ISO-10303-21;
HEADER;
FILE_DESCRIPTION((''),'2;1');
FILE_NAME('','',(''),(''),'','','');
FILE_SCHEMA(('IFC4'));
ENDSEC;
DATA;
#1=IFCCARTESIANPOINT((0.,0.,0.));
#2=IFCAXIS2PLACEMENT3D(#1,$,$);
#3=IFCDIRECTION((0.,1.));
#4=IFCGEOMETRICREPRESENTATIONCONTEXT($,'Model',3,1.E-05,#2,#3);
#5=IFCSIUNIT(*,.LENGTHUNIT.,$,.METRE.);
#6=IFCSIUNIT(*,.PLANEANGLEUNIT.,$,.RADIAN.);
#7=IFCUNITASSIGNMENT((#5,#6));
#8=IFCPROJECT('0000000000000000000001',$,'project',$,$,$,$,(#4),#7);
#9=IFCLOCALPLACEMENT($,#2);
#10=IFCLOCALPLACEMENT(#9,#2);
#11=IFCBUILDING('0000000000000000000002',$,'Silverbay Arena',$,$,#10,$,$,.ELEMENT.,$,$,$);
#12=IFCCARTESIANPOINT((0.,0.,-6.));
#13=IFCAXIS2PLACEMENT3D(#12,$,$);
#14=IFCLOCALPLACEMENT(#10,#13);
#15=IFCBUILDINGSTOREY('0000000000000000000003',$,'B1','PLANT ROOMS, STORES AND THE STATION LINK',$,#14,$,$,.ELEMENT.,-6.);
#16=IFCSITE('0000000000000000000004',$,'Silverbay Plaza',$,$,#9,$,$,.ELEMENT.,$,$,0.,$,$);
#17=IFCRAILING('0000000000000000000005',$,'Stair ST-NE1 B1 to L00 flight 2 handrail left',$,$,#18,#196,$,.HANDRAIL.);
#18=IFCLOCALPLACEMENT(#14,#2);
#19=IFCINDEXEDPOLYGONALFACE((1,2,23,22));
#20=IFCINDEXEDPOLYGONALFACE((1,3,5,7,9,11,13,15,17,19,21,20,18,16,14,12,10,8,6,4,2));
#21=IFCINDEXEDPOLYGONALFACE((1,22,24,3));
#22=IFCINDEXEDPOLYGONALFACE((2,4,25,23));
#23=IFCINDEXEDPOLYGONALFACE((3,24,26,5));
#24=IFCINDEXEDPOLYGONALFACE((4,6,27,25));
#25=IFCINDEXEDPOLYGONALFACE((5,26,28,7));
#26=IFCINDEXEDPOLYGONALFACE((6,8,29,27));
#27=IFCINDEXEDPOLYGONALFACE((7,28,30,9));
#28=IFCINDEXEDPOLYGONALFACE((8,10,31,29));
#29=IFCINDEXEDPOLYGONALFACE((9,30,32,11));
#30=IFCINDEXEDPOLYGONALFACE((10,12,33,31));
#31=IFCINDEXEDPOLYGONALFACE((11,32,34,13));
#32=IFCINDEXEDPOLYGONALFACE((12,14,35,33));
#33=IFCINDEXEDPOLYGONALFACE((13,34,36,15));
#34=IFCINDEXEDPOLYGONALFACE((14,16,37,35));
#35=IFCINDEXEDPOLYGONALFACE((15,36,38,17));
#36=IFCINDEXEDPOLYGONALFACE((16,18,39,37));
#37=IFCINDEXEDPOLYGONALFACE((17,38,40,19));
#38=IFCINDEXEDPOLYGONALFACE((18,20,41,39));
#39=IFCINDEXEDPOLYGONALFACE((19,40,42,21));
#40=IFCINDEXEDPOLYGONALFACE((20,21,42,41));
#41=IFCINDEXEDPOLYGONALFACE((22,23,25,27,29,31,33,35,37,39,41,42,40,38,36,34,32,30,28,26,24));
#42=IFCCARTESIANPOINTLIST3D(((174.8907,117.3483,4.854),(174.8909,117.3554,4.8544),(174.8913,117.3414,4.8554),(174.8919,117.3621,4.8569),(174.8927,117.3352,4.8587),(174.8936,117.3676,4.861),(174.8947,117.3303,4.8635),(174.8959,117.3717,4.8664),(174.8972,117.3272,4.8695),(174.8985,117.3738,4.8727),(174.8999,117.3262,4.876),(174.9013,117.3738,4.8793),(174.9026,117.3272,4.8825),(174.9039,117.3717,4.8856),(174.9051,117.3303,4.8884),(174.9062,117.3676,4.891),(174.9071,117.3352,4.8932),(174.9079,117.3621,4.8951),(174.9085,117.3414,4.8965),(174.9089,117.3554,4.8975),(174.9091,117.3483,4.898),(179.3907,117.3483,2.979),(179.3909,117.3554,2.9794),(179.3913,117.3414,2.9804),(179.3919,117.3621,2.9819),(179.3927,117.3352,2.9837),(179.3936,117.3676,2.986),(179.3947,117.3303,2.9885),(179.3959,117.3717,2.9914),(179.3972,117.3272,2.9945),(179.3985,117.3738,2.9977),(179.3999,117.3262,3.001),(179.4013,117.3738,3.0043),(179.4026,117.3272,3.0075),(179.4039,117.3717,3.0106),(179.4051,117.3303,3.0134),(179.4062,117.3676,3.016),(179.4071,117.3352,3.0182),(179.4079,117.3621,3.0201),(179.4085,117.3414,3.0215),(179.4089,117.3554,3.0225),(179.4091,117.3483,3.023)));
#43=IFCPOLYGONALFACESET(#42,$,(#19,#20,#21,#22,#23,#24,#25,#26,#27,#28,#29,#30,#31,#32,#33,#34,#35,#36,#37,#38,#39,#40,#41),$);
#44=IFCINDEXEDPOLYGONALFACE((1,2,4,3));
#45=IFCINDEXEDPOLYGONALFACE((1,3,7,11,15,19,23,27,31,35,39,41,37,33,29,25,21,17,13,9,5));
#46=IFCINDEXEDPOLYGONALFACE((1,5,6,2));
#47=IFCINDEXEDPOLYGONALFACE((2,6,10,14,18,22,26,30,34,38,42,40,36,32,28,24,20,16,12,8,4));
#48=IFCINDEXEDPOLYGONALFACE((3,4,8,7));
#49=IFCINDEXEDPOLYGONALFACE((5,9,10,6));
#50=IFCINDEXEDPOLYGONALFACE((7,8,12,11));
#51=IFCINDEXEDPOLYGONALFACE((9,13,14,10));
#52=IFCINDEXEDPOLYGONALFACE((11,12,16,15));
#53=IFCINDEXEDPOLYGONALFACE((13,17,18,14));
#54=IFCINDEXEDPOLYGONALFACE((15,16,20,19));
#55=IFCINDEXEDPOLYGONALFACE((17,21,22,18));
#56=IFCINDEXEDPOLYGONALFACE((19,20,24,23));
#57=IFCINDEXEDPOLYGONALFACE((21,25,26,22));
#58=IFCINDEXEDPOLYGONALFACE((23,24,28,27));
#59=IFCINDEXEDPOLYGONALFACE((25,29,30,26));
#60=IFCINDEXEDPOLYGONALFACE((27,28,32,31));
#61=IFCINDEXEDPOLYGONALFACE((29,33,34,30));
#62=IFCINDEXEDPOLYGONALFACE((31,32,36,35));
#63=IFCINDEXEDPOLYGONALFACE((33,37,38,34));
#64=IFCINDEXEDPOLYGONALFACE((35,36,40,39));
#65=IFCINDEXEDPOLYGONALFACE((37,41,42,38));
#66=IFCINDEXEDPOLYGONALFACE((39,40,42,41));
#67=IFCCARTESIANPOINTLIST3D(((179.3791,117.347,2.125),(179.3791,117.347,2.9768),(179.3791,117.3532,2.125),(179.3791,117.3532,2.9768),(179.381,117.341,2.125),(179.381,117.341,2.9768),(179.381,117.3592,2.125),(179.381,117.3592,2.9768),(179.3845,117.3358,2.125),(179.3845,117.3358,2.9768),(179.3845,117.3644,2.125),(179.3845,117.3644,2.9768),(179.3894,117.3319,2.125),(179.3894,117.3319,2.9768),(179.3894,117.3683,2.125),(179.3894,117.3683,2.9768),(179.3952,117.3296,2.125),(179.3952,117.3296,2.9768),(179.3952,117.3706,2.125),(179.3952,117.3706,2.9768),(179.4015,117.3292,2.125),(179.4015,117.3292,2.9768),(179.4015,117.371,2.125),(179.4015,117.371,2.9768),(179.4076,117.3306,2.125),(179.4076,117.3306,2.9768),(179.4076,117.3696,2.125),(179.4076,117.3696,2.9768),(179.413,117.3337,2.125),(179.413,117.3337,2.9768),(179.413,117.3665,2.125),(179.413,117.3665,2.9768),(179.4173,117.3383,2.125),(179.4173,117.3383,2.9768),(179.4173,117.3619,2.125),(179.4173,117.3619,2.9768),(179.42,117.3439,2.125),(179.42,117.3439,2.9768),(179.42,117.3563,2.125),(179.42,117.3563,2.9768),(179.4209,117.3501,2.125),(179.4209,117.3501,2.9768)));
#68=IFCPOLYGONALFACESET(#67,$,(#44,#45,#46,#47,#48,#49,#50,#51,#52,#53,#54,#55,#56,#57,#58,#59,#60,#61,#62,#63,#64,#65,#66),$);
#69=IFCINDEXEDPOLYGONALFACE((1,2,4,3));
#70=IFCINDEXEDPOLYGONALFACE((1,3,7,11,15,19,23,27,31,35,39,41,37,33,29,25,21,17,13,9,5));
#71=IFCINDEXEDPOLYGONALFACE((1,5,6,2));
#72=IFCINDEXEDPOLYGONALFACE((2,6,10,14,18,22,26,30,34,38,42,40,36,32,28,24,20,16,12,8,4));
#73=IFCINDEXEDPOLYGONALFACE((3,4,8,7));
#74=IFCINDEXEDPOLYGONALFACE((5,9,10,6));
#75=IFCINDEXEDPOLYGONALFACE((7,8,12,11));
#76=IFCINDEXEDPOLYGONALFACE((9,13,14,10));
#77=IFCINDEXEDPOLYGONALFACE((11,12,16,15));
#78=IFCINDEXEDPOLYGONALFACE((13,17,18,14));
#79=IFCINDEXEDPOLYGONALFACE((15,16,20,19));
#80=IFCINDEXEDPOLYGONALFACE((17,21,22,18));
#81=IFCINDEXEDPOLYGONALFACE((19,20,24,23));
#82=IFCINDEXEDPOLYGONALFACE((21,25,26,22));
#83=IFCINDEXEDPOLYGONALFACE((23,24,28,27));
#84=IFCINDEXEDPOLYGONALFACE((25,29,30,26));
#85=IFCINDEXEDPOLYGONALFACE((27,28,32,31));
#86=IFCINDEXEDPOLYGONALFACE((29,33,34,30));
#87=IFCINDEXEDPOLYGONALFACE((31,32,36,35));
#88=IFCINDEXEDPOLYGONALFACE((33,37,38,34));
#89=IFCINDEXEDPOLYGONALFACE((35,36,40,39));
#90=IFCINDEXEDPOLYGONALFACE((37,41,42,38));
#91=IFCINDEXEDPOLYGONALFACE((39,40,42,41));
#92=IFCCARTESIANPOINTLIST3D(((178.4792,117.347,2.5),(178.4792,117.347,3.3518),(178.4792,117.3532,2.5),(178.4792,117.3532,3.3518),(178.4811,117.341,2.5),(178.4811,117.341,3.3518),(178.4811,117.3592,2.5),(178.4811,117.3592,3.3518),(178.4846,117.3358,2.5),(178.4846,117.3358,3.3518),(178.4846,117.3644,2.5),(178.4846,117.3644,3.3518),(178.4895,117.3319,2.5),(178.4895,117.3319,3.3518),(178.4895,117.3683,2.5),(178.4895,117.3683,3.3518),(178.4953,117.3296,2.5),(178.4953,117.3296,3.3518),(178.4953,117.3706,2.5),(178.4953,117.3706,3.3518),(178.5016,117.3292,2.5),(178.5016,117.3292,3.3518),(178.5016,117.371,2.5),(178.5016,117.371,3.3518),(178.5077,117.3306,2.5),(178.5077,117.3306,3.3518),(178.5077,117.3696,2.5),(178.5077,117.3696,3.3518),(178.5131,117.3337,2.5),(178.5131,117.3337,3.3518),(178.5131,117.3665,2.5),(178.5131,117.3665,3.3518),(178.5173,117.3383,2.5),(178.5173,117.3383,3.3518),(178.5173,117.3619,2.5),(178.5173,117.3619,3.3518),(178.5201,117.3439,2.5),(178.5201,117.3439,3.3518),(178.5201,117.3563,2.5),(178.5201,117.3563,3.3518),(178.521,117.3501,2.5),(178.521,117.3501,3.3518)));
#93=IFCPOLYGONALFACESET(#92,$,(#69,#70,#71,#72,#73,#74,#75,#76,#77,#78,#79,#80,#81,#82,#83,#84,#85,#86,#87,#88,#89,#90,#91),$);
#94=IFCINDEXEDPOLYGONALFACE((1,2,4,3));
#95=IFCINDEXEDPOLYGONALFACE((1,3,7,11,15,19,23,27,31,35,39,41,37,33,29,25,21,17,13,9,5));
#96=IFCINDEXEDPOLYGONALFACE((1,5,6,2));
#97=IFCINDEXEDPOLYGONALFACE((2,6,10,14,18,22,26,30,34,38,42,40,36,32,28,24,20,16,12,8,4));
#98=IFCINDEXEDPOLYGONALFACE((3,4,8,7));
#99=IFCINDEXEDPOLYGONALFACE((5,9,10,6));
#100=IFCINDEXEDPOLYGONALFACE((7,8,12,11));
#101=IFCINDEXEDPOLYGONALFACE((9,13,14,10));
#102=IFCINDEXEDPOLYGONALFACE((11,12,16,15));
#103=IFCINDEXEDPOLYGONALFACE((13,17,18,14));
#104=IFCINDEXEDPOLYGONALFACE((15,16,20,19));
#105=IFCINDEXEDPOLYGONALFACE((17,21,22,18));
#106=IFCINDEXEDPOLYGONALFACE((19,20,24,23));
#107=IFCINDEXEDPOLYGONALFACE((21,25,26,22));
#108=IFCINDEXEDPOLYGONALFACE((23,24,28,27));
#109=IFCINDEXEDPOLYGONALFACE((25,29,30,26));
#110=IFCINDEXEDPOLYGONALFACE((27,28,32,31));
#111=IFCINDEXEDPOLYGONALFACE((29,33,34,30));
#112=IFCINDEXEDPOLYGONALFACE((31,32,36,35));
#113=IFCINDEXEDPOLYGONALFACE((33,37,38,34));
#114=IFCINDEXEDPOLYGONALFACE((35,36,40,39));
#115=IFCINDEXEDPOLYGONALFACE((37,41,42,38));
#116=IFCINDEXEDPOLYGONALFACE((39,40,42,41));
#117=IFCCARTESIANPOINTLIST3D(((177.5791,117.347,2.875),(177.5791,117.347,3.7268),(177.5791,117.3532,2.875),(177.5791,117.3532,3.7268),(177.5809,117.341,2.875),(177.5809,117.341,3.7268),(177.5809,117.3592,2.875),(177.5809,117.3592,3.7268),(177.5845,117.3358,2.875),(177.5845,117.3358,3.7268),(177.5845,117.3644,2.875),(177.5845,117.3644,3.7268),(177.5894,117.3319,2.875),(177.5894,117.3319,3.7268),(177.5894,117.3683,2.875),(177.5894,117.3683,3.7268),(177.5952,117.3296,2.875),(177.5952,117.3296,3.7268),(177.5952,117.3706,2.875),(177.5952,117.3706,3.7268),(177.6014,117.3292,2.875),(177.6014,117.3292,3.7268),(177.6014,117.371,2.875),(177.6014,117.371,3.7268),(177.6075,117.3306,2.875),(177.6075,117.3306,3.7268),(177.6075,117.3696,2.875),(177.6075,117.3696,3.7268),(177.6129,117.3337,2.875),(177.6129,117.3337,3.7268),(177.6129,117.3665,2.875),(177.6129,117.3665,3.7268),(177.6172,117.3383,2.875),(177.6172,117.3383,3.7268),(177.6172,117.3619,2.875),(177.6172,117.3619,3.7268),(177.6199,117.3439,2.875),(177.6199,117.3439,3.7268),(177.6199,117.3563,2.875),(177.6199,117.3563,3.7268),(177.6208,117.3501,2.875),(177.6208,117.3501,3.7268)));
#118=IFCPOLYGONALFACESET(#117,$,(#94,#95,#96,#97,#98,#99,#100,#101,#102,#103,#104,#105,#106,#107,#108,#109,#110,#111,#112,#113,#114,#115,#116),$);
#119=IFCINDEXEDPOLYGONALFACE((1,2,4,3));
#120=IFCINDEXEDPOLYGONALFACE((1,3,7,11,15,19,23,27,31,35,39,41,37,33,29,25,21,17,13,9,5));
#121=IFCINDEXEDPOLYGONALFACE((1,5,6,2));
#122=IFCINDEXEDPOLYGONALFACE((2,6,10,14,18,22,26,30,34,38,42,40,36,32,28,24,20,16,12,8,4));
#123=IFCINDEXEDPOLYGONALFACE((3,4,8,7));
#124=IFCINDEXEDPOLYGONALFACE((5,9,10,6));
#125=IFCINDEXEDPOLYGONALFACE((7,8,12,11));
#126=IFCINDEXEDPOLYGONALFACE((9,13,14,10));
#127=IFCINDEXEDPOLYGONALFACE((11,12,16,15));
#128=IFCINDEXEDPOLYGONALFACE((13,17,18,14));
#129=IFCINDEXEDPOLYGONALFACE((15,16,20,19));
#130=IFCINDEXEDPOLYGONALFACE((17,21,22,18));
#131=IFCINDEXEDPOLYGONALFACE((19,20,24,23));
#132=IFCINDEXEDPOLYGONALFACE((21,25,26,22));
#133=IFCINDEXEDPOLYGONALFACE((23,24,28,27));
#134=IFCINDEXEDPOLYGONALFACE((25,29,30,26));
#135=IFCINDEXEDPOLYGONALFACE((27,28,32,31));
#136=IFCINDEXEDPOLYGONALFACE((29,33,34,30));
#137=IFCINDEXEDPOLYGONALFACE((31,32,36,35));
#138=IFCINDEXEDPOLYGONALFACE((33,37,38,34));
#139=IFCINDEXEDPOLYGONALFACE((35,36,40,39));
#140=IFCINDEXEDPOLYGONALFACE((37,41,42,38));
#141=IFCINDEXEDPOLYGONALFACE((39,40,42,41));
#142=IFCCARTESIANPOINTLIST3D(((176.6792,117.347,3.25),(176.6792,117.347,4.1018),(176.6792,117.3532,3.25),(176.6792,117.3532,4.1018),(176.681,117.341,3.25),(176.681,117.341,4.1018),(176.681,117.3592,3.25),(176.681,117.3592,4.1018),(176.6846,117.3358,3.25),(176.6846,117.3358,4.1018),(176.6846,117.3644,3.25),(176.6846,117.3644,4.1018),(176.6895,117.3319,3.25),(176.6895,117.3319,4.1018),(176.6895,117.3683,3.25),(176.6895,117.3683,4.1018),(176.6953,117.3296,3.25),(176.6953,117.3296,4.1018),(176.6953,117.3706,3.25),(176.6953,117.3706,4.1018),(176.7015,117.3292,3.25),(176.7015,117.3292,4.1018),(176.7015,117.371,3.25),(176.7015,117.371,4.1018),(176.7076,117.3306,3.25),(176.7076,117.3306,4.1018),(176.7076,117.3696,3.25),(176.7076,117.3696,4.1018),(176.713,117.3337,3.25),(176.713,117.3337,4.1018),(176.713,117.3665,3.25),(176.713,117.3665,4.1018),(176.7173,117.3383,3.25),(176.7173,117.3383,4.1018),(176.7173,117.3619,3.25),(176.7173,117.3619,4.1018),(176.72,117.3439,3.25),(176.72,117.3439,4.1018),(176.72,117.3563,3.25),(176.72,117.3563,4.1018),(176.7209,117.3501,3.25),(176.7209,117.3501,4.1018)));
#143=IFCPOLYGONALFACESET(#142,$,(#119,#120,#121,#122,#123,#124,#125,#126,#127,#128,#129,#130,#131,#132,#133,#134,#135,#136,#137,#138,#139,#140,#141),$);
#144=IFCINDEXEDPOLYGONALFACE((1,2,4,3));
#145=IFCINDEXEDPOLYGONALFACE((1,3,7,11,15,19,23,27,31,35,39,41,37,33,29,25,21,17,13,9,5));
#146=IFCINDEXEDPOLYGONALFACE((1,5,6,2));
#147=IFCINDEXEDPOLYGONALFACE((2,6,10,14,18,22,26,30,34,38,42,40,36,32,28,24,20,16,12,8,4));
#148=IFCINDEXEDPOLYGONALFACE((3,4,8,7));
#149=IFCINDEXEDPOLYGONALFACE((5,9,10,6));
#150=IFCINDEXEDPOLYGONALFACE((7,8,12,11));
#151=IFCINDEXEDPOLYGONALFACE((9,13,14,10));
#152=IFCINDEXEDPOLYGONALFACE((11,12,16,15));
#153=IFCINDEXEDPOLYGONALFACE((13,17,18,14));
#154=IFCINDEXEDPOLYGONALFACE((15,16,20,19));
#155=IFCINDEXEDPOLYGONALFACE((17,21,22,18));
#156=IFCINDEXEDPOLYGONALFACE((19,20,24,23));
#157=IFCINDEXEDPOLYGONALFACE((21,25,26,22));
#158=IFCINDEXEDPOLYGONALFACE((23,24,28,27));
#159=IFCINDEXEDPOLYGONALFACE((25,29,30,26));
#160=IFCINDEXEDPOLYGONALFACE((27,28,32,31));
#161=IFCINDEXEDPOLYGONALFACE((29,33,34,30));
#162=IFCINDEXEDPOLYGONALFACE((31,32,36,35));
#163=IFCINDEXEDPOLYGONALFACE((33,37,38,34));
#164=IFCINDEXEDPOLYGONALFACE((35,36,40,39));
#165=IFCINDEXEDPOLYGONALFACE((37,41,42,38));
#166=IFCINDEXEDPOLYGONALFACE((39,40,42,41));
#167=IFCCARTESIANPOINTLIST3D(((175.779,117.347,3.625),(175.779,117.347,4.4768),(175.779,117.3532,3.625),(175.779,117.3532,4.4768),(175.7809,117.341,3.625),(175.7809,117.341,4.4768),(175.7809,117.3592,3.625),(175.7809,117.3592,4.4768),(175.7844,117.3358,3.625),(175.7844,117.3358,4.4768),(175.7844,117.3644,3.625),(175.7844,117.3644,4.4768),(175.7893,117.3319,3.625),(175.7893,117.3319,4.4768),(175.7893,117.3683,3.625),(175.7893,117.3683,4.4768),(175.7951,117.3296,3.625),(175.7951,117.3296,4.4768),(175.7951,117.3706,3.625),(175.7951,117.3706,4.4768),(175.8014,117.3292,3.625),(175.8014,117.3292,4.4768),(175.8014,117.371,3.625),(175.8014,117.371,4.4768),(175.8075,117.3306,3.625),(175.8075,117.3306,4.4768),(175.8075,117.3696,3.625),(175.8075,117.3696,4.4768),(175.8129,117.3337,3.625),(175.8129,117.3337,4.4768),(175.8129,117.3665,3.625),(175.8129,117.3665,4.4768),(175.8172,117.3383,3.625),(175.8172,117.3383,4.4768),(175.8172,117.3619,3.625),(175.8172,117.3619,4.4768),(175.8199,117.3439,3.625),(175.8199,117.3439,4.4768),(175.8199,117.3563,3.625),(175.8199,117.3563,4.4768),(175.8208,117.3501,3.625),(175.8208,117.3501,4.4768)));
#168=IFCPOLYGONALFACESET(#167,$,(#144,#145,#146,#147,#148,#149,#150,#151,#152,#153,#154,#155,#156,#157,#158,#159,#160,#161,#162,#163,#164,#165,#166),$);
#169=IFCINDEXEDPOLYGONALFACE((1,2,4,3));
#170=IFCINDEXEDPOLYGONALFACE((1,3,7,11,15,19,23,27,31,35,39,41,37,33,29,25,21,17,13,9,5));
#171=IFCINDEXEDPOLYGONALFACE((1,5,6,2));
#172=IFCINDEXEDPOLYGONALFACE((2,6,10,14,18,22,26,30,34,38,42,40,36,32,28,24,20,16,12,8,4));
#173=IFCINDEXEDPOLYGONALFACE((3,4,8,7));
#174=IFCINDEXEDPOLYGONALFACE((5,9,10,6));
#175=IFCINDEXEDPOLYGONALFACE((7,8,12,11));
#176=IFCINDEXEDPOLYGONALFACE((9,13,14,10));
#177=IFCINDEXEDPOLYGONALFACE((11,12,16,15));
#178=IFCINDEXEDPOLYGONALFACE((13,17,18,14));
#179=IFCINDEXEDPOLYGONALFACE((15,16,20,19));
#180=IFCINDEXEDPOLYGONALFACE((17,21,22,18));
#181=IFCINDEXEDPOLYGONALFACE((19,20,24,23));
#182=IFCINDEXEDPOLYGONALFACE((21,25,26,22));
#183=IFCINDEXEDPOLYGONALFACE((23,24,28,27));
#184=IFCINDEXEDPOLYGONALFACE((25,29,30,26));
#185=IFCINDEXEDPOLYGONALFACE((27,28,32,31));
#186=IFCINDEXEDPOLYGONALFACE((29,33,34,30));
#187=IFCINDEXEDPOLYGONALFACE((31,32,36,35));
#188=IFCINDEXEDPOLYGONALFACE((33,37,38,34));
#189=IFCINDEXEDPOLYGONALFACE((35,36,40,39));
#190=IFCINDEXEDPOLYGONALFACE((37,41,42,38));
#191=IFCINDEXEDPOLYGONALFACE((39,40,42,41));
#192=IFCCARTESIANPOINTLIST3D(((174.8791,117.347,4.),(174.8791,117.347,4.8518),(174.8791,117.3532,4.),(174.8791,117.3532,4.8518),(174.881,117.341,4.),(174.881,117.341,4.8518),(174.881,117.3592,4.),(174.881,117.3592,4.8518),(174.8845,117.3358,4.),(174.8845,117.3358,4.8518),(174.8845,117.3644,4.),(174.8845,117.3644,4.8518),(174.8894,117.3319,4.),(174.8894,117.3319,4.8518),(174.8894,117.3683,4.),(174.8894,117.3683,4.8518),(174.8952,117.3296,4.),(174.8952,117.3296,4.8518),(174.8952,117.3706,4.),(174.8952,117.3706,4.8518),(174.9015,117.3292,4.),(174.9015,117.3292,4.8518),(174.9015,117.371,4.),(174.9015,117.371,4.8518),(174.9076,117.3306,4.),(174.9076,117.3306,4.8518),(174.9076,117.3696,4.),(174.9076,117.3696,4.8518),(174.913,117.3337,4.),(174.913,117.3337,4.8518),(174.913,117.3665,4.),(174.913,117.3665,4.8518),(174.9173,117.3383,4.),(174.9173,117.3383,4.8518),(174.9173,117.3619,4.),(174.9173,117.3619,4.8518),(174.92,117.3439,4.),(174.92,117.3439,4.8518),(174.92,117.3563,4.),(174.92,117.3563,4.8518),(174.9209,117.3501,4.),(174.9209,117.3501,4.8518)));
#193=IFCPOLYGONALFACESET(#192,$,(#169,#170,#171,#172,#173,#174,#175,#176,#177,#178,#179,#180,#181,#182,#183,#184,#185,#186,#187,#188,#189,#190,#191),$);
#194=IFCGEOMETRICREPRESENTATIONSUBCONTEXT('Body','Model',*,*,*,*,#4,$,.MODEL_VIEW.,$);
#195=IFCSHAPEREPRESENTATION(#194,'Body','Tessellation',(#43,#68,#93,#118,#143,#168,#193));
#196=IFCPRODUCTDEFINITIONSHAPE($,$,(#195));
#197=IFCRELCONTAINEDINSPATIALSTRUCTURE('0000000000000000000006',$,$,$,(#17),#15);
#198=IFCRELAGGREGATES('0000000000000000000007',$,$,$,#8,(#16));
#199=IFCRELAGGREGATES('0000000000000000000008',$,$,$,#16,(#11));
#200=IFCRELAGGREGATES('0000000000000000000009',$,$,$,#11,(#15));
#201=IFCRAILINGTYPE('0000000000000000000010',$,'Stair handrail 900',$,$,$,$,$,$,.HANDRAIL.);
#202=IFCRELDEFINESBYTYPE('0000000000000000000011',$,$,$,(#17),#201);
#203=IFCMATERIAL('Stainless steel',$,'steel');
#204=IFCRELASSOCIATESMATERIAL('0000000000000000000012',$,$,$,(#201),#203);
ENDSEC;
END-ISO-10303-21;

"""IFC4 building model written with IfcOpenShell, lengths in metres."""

from ifc_helpers import new_model, si_unit, direction, frame, origin, origin_2d, place, context, subcontext, project, spatial, circle, extrude, material, type_object, element, save


model = new_model("IFC4")

# Units and contexts
model_context = context("Model", 3, precision=1e-05, world=origin(), true_north=direction((0.0, 1.0)))
body_context = subcontext(model_context, "Body", "Model", "MODEL_VIEW")
ifc_project = project(units=[si_unit("LENGTHUNIT", "METRE"), si_unit("PLANEANGLEUNIT", "RADIAN")], contexts=[model_context])

# Site, building, storey
site_placement = place(None, origin())
site = spatial("IfcSite", under=ifc_project, at=site_placement, Name="Silverbay Plaza", CompositionType="ELEMENT", RefElevation=0.0)
building_placement = place(site_placement, origin())
building = spatial("IfcBuilding", under=site, at=building_placement, Name="Silverbay Arena", CompositionType="ELEMENT")
storey_placement = place(building_placement, frame((0.0, 0.0, -6.0)))
storey = spatial("IfcBuildingStorey", under=building, at=storey_placement, Name="B1", Description="PLANT ROOMS, STORES AND THE STATION LINK", CompositionType="ELEMENT", Elevation=-6.0)

# Railing
ifc_material_1 = material(Name="Stainless steel", Category="steel")
railing_type_1 = type_object("IfcRailingType", Name="Stair handrail 900", PredefinedType="HANDRAIL", material=ifc_material_1)
for number, where, name in (
    (1, (179.3999, 117.3501, 2.125), "Stair ST-NE1 B1 to L00 flight 2 handrail left"),
):
    element("IfcRailing", number, at=place(storey_placement, frame(where)), inside=storey, type_object=railing_type_1, Name=name, PredefinedType="HANDRAIL", context=body_context, shape_type="SweptSolid", body=[
        extrude(circle(Radius=0.0239, at=origin_2d()), frame((0.0, 0.0, 0.876), z_axis=(-0.923077, 0.0, 0.384615), x_axis=(0.0, -1.0, 0.0)), (0.0, 0.0, 1.0), 4.875),
        extrude(circle(Radius=0.021, at=origin_2d()), origin(), (0.0, 0.0, 1.0), 0.8518),
        extrude(circle(Radius=0.021, at=origin_2d()), frame((-0.8999, 0.0, 0.375)), (0.0, 0.0, 1.0), 0.8518),
        extrude(circle(Radius=0.021, at=origin_2d()), frame((-1.8, 0.0, 0.75)), (0.0, 0.0, 1.0), 0.8518),
        extrude(circle(Radius=0.021, at=origin_2d()), frame((-2.7, 0.0, 1.125)), (0.0, 0.0, 1.0), 0.8518),
        extrude(circle(Radius=0.021, at=origin_2d()), frame((-3.6001, 0.0, 1.5)), (0.0, 0.0, 1.0), 0.8518),
        extrude(circle(Radius=0.021, at=origin_2d()), frame((-4.5, 0.0, 1.875)), (0.0, 0.0, 1.0), 0.8518),
    ])

save(model, "model.ifc")
